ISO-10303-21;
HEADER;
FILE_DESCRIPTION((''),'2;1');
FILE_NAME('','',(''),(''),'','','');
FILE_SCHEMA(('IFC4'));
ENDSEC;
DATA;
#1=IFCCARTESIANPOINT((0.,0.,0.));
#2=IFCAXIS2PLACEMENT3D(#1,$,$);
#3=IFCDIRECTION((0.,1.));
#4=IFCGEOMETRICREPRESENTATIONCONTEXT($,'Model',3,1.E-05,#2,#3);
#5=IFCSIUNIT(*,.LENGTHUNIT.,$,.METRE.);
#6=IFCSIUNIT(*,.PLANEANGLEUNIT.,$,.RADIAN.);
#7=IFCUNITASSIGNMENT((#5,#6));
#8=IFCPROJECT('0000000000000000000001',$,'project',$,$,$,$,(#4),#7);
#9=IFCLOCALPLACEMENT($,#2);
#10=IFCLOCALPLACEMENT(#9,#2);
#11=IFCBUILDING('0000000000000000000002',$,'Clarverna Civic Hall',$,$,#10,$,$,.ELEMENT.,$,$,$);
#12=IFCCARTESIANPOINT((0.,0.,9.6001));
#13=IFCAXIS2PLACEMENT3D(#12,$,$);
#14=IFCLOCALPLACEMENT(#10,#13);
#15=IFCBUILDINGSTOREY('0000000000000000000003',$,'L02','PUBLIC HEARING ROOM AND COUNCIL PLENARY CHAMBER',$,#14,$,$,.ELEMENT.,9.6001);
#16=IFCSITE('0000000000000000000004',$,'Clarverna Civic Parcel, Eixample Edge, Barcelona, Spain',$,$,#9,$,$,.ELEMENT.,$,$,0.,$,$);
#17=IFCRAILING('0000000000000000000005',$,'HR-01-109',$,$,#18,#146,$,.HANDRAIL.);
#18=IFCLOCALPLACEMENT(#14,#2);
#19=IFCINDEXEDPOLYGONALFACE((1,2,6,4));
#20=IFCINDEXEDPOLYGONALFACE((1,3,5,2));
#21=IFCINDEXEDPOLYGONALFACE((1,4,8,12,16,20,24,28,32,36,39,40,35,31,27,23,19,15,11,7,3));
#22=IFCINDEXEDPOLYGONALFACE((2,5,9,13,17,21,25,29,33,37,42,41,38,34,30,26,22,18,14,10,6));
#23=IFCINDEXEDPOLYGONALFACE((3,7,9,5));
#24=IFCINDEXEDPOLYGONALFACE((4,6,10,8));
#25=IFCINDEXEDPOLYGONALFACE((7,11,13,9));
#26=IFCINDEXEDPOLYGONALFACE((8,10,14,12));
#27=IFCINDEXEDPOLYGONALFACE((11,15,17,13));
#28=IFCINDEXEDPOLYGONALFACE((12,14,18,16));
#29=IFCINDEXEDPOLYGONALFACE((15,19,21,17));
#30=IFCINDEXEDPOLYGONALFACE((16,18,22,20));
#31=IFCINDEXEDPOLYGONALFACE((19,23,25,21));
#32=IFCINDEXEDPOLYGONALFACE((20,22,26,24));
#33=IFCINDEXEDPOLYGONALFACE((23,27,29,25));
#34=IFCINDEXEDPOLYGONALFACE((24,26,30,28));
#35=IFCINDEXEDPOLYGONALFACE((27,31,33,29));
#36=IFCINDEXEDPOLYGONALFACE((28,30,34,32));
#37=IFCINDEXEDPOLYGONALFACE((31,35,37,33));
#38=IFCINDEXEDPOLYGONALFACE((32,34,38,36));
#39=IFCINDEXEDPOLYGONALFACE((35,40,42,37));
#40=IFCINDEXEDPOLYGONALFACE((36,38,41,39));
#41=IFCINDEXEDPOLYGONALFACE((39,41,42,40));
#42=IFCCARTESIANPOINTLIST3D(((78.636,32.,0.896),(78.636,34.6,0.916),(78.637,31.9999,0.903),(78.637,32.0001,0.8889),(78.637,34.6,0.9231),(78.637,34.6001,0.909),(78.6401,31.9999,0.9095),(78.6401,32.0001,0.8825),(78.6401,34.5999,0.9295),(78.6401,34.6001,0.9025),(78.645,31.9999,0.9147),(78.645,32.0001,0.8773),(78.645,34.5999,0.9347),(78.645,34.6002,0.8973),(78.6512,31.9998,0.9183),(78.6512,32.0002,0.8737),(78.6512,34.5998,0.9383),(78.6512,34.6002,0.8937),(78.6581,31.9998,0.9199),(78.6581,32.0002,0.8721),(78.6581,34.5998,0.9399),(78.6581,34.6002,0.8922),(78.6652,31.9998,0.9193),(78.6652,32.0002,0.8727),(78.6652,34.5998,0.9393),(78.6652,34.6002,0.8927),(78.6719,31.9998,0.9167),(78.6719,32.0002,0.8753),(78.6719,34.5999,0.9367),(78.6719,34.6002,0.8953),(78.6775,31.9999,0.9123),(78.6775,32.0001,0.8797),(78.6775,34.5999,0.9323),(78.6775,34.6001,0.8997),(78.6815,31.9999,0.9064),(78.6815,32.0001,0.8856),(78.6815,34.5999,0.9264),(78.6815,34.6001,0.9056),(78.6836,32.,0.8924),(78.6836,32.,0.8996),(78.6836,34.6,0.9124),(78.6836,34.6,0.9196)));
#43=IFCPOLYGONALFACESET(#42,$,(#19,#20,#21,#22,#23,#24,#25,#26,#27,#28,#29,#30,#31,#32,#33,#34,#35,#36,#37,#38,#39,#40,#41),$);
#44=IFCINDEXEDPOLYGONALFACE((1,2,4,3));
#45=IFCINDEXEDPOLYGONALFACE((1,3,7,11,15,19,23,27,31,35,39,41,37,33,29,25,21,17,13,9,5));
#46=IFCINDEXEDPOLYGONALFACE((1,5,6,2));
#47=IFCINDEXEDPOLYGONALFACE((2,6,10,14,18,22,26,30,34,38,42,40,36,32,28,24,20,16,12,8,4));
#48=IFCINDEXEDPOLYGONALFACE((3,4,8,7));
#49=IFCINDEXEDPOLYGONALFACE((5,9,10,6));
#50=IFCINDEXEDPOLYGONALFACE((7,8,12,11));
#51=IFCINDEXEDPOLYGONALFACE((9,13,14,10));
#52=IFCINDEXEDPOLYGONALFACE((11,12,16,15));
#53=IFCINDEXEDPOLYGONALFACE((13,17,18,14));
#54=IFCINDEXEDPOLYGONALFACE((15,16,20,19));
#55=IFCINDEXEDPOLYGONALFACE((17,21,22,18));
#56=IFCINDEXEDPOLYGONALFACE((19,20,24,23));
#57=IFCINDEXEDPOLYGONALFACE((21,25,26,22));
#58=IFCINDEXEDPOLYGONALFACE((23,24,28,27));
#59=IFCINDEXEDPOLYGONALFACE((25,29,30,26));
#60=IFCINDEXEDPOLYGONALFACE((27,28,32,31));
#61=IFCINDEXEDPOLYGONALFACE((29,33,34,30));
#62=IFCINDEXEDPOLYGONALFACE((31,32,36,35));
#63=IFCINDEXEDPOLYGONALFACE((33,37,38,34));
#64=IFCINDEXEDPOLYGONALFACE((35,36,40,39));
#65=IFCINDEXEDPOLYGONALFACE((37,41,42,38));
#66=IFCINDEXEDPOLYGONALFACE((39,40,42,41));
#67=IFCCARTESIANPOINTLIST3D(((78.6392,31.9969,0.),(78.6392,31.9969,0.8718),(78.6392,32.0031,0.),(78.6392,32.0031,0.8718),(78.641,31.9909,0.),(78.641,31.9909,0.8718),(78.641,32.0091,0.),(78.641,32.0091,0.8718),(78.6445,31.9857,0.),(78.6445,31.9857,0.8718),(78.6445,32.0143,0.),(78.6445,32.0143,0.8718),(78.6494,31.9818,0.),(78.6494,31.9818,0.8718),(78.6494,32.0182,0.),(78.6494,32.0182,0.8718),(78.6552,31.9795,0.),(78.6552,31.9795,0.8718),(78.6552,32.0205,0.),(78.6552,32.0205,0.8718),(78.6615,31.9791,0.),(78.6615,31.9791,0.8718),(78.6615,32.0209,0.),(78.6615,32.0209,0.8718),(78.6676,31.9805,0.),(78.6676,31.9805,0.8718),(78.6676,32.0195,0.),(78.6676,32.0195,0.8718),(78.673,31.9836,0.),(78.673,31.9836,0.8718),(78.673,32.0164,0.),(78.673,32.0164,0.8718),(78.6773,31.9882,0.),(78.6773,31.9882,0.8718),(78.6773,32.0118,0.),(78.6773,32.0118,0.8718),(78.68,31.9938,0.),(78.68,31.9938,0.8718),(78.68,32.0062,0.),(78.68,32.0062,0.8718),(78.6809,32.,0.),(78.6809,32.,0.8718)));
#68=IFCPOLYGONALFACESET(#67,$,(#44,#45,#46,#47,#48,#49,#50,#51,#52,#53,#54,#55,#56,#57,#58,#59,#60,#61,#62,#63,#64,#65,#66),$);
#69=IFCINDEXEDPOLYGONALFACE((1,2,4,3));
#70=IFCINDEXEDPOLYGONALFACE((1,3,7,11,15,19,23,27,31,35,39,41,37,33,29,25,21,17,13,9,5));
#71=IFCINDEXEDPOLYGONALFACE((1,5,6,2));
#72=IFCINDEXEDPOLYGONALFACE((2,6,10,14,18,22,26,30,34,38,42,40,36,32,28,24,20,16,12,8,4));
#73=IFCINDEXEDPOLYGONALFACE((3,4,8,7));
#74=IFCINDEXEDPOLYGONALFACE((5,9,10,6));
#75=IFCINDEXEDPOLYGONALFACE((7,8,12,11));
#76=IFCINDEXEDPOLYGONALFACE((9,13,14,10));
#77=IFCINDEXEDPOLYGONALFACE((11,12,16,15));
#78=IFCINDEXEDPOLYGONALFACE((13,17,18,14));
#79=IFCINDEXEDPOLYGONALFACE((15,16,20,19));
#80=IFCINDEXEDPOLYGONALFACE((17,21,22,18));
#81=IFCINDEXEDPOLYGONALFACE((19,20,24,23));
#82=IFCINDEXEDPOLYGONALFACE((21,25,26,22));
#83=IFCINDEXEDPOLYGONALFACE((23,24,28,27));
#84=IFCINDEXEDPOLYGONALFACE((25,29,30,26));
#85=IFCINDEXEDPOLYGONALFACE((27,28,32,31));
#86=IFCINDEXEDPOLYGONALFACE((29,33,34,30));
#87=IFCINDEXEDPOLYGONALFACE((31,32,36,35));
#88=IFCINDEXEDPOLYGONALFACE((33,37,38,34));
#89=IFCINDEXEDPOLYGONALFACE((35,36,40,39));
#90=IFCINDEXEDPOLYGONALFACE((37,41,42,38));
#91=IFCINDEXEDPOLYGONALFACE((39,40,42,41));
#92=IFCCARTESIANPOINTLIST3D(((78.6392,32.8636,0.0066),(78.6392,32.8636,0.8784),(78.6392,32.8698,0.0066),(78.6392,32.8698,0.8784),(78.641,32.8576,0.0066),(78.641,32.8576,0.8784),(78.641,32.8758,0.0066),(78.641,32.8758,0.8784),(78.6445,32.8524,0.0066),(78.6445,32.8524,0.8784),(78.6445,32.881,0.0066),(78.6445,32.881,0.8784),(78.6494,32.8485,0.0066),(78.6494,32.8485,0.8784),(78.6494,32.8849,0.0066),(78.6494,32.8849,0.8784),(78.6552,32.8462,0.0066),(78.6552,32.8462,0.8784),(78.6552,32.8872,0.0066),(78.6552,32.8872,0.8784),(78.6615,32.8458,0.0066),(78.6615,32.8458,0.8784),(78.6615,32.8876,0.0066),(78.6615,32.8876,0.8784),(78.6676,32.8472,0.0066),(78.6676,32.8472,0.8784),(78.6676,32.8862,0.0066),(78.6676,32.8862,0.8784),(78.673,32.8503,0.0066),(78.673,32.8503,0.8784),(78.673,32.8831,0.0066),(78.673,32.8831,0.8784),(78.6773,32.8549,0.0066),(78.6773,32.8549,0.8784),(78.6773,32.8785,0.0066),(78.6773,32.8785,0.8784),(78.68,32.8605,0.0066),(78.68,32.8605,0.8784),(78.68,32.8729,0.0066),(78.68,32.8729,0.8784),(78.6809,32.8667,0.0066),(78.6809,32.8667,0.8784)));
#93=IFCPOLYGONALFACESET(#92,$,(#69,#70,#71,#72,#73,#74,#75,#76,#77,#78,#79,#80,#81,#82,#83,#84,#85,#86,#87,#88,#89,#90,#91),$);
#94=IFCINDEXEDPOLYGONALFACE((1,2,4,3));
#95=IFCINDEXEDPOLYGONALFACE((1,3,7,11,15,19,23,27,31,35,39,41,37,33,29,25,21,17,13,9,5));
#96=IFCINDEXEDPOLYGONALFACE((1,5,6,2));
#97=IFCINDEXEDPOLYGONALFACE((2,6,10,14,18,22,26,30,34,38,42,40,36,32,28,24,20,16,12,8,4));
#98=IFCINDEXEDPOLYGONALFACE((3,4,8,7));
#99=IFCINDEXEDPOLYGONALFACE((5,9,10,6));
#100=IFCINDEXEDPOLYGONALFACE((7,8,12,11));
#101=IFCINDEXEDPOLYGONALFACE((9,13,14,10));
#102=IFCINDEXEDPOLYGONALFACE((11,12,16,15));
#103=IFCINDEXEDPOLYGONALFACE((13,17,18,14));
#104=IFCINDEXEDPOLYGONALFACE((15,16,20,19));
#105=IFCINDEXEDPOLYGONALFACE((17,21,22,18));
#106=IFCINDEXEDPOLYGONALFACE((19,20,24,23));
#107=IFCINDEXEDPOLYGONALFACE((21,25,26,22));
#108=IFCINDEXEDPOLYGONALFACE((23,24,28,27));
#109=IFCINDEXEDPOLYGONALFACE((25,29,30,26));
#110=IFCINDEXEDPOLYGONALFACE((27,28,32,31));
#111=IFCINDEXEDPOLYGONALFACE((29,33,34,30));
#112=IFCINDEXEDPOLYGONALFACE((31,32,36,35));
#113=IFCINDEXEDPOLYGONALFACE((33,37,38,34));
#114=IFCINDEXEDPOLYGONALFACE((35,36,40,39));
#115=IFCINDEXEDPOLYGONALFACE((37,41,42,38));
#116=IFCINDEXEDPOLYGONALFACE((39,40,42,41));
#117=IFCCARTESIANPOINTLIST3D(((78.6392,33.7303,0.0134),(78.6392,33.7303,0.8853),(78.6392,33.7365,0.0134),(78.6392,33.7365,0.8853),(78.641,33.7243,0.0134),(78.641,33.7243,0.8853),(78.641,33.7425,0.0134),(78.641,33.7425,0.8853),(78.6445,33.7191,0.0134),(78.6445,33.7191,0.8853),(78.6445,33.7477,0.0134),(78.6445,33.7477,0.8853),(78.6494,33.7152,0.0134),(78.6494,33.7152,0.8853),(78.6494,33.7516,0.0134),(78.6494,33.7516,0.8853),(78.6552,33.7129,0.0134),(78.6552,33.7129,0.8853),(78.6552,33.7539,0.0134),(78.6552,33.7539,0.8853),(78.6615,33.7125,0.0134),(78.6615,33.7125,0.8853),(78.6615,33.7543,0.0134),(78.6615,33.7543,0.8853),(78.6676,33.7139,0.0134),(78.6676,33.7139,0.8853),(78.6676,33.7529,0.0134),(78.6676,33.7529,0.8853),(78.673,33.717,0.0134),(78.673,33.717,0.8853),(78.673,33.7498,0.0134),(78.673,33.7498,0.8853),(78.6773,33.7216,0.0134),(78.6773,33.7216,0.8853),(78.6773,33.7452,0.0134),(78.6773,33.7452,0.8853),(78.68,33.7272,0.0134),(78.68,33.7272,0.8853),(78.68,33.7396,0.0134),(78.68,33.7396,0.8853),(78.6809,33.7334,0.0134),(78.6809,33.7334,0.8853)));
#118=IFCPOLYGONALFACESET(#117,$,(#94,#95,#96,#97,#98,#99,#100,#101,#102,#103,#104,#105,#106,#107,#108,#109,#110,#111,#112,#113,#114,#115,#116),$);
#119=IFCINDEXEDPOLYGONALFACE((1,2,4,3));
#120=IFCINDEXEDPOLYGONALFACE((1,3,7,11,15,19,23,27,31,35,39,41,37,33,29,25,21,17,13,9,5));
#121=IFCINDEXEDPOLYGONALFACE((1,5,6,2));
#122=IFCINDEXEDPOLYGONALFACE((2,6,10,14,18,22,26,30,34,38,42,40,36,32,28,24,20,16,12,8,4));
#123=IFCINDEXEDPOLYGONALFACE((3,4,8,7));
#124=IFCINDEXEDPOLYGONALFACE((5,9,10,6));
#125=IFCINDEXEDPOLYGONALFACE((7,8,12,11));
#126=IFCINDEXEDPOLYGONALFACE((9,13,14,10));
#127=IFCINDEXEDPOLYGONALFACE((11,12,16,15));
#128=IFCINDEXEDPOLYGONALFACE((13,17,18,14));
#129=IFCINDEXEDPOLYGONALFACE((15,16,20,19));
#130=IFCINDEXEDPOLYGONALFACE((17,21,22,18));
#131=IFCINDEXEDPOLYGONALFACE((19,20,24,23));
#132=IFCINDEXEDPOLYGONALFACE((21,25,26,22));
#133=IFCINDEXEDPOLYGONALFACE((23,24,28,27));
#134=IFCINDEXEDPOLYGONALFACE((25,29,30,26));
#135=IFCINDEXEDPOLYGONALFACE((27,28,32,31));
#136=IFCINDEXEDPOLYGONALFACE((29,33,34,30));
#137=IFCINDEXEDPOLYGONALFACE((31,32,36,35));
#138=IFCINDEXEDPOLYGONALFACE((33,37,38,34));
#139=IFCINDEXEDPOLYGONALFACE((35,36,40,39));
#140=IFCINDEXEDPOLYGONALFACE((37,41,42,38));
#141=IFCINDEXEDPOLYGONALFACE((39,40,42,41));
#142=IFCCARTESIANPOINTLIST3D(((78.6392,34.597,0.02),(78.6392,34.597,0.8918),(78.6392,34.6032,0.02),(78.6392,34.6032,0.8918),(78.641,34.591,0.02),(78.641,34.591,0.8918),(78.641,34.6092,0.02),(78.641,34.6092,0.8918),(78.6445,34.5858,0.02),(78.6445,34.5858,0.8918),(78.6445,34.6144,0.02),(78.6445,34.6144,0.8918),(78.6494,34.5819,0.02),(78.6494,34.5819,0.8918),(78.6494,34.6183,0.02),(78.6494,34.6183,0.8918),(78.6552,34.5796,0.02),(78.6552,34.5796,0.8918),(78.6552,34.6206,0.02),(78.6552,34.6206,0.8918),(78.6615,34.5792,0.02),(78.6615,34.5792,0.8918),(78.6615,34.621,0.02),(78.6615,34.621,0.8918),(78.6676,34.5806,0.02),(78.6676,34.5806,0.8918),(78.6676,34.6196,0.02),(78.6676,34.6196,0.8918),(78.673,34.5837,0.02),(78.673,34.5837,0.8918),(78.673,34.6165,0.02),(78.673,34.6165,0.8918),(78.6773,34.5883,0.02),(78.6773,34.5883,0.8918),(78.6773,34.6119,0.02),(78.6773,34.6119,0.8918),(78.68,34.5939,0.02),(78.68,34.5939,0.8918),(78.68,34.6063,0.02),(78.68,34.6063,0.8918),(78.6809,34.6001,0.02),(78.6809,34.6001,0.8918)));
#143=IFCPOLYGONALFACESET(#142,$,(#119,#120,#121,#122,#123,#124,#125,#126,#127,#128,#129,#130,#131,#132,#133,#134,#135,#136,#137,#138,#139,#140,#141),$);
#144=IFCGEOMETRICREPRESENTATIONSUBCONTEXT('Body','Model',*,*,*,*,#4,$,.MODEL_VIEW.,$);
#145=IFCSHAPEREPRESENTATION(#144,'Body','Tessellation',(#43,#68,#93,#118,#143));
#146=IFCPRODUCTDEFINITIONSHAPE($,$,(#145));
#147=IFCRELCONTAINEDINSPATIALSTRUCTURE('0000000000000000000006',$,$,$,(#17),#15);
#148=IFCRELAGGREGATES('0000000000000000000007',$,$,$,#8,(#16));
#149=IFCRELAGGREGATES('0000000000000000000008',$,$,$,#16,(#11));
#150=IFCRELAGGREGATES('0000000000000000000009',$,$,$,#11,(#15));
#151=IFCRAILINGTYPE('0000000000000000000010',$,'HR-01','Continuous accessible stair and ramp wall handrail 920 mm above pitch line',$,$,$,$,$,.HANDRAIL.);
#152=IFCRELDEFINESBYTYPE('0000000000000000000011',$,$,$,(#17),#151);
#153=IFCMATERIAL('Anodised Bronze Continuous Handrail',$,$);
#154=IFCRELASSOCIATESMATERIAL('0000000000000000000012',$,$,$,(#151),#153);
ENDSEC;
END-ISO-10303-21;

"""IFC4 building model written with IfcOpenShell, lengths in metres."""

from ifc_helpers import new_model, si_unit, direction, frame, origin, origin_2d, place, context, subcontext, project, spatial, circle, extrude, material, type_object, element, save


model = new_model("IFC4")

# Units and contexts
model_context = context("Model", 3, precision=1e-05, world=origin(), true_north=direction((0.0, 1.0)))
body_context = subcontext(model_context, "Body", "Model", "MODEL_VIEW")
ifc_project = project(units=[si_unit("LENGTHUNIT", "METRE"), si_unit("PLANEANGLEUNIT", "RADIAN")], contexts=[model_context])

# Site, building, storey
site_placement = place(None, origin())
site = spatial("IfcSite", under=ifc_project, at=site_placement, Name="Clarverna Civic Parcel, Eixample Edge, Barcelona, Spain", CompositionType="ELEMENT", RefElevation=0.0)
building_placement = place(site_placement, origin())
building = spatial("IfcBuilding", under=site, at=building_placement, Name="Clarverna Civic Hall", CompositionType="ELEMENT")
storey_placement = place(building_placement, frame((0.0, 0.0, 9.6001)))
storey = spatial("IfcBuildingStorey", under=building, at=storey_placement, Name="L02", Description="PUBLIC HEARING ROOM AND COUNCIL PLENARY CHAMBER", CompositionType="ELEMENT", Elevation=9.6001)

# Railing
ifc_material_1 = material(Name="Anodised Bronze Continuous Handrail")
railing_type_1 = type_object("IfcRailingType", Name="HR-01", Description="Continuous accessible stair and ramp wall handrail 920 mm above pitch line", PredefinedType="HANDRAIL", material=ifc_material_1)
for number, where, name in (
    (1, (78.6599, 32.0, 0.0), "HR-01-109"),
):
    element("IfcRailing", number, at=place(storey_placement, frame(where)), inside=storey, type_object=railing_type_1, Name=name, PredefinedType="HANDRAIL", context=body_context, shape_type="SweptSolid", body=[
        extrude(circle(Radius=0.0239, at=origin_2d()), frame((0.0, 0.0, 0.896), z_axis=(0.0, 0.99997, 0.007699), x_axis=(-1.0, 0.0, 0.0)), (0.0, 0.0, 1.0), 2.6001),
        extrude(circle(Radius=0.021, at=origin_2d()), origin(), (0.0, 0.0, 1.0), 0.8718),
        extrude(circle(Radius=0.021, at=origin_2d()), frame((0.0, 0.8667, 0.0066)), (0.0, 0.0, 1.0), 0.8718),
        extrude(circle(Radius=0.021, at=origin_2d()), frame((0.0, 1.7334, 0.0134)), (0.0, 0.0, 1.0), 0.8718),
        extrude(circle(Radius=0.021, at=origin_2d()), frame((0.0, 2.6001, 0.02)), (0.0, 0.0, 1.0), 0.8718),
    ])

save(model, "model.ifc")
